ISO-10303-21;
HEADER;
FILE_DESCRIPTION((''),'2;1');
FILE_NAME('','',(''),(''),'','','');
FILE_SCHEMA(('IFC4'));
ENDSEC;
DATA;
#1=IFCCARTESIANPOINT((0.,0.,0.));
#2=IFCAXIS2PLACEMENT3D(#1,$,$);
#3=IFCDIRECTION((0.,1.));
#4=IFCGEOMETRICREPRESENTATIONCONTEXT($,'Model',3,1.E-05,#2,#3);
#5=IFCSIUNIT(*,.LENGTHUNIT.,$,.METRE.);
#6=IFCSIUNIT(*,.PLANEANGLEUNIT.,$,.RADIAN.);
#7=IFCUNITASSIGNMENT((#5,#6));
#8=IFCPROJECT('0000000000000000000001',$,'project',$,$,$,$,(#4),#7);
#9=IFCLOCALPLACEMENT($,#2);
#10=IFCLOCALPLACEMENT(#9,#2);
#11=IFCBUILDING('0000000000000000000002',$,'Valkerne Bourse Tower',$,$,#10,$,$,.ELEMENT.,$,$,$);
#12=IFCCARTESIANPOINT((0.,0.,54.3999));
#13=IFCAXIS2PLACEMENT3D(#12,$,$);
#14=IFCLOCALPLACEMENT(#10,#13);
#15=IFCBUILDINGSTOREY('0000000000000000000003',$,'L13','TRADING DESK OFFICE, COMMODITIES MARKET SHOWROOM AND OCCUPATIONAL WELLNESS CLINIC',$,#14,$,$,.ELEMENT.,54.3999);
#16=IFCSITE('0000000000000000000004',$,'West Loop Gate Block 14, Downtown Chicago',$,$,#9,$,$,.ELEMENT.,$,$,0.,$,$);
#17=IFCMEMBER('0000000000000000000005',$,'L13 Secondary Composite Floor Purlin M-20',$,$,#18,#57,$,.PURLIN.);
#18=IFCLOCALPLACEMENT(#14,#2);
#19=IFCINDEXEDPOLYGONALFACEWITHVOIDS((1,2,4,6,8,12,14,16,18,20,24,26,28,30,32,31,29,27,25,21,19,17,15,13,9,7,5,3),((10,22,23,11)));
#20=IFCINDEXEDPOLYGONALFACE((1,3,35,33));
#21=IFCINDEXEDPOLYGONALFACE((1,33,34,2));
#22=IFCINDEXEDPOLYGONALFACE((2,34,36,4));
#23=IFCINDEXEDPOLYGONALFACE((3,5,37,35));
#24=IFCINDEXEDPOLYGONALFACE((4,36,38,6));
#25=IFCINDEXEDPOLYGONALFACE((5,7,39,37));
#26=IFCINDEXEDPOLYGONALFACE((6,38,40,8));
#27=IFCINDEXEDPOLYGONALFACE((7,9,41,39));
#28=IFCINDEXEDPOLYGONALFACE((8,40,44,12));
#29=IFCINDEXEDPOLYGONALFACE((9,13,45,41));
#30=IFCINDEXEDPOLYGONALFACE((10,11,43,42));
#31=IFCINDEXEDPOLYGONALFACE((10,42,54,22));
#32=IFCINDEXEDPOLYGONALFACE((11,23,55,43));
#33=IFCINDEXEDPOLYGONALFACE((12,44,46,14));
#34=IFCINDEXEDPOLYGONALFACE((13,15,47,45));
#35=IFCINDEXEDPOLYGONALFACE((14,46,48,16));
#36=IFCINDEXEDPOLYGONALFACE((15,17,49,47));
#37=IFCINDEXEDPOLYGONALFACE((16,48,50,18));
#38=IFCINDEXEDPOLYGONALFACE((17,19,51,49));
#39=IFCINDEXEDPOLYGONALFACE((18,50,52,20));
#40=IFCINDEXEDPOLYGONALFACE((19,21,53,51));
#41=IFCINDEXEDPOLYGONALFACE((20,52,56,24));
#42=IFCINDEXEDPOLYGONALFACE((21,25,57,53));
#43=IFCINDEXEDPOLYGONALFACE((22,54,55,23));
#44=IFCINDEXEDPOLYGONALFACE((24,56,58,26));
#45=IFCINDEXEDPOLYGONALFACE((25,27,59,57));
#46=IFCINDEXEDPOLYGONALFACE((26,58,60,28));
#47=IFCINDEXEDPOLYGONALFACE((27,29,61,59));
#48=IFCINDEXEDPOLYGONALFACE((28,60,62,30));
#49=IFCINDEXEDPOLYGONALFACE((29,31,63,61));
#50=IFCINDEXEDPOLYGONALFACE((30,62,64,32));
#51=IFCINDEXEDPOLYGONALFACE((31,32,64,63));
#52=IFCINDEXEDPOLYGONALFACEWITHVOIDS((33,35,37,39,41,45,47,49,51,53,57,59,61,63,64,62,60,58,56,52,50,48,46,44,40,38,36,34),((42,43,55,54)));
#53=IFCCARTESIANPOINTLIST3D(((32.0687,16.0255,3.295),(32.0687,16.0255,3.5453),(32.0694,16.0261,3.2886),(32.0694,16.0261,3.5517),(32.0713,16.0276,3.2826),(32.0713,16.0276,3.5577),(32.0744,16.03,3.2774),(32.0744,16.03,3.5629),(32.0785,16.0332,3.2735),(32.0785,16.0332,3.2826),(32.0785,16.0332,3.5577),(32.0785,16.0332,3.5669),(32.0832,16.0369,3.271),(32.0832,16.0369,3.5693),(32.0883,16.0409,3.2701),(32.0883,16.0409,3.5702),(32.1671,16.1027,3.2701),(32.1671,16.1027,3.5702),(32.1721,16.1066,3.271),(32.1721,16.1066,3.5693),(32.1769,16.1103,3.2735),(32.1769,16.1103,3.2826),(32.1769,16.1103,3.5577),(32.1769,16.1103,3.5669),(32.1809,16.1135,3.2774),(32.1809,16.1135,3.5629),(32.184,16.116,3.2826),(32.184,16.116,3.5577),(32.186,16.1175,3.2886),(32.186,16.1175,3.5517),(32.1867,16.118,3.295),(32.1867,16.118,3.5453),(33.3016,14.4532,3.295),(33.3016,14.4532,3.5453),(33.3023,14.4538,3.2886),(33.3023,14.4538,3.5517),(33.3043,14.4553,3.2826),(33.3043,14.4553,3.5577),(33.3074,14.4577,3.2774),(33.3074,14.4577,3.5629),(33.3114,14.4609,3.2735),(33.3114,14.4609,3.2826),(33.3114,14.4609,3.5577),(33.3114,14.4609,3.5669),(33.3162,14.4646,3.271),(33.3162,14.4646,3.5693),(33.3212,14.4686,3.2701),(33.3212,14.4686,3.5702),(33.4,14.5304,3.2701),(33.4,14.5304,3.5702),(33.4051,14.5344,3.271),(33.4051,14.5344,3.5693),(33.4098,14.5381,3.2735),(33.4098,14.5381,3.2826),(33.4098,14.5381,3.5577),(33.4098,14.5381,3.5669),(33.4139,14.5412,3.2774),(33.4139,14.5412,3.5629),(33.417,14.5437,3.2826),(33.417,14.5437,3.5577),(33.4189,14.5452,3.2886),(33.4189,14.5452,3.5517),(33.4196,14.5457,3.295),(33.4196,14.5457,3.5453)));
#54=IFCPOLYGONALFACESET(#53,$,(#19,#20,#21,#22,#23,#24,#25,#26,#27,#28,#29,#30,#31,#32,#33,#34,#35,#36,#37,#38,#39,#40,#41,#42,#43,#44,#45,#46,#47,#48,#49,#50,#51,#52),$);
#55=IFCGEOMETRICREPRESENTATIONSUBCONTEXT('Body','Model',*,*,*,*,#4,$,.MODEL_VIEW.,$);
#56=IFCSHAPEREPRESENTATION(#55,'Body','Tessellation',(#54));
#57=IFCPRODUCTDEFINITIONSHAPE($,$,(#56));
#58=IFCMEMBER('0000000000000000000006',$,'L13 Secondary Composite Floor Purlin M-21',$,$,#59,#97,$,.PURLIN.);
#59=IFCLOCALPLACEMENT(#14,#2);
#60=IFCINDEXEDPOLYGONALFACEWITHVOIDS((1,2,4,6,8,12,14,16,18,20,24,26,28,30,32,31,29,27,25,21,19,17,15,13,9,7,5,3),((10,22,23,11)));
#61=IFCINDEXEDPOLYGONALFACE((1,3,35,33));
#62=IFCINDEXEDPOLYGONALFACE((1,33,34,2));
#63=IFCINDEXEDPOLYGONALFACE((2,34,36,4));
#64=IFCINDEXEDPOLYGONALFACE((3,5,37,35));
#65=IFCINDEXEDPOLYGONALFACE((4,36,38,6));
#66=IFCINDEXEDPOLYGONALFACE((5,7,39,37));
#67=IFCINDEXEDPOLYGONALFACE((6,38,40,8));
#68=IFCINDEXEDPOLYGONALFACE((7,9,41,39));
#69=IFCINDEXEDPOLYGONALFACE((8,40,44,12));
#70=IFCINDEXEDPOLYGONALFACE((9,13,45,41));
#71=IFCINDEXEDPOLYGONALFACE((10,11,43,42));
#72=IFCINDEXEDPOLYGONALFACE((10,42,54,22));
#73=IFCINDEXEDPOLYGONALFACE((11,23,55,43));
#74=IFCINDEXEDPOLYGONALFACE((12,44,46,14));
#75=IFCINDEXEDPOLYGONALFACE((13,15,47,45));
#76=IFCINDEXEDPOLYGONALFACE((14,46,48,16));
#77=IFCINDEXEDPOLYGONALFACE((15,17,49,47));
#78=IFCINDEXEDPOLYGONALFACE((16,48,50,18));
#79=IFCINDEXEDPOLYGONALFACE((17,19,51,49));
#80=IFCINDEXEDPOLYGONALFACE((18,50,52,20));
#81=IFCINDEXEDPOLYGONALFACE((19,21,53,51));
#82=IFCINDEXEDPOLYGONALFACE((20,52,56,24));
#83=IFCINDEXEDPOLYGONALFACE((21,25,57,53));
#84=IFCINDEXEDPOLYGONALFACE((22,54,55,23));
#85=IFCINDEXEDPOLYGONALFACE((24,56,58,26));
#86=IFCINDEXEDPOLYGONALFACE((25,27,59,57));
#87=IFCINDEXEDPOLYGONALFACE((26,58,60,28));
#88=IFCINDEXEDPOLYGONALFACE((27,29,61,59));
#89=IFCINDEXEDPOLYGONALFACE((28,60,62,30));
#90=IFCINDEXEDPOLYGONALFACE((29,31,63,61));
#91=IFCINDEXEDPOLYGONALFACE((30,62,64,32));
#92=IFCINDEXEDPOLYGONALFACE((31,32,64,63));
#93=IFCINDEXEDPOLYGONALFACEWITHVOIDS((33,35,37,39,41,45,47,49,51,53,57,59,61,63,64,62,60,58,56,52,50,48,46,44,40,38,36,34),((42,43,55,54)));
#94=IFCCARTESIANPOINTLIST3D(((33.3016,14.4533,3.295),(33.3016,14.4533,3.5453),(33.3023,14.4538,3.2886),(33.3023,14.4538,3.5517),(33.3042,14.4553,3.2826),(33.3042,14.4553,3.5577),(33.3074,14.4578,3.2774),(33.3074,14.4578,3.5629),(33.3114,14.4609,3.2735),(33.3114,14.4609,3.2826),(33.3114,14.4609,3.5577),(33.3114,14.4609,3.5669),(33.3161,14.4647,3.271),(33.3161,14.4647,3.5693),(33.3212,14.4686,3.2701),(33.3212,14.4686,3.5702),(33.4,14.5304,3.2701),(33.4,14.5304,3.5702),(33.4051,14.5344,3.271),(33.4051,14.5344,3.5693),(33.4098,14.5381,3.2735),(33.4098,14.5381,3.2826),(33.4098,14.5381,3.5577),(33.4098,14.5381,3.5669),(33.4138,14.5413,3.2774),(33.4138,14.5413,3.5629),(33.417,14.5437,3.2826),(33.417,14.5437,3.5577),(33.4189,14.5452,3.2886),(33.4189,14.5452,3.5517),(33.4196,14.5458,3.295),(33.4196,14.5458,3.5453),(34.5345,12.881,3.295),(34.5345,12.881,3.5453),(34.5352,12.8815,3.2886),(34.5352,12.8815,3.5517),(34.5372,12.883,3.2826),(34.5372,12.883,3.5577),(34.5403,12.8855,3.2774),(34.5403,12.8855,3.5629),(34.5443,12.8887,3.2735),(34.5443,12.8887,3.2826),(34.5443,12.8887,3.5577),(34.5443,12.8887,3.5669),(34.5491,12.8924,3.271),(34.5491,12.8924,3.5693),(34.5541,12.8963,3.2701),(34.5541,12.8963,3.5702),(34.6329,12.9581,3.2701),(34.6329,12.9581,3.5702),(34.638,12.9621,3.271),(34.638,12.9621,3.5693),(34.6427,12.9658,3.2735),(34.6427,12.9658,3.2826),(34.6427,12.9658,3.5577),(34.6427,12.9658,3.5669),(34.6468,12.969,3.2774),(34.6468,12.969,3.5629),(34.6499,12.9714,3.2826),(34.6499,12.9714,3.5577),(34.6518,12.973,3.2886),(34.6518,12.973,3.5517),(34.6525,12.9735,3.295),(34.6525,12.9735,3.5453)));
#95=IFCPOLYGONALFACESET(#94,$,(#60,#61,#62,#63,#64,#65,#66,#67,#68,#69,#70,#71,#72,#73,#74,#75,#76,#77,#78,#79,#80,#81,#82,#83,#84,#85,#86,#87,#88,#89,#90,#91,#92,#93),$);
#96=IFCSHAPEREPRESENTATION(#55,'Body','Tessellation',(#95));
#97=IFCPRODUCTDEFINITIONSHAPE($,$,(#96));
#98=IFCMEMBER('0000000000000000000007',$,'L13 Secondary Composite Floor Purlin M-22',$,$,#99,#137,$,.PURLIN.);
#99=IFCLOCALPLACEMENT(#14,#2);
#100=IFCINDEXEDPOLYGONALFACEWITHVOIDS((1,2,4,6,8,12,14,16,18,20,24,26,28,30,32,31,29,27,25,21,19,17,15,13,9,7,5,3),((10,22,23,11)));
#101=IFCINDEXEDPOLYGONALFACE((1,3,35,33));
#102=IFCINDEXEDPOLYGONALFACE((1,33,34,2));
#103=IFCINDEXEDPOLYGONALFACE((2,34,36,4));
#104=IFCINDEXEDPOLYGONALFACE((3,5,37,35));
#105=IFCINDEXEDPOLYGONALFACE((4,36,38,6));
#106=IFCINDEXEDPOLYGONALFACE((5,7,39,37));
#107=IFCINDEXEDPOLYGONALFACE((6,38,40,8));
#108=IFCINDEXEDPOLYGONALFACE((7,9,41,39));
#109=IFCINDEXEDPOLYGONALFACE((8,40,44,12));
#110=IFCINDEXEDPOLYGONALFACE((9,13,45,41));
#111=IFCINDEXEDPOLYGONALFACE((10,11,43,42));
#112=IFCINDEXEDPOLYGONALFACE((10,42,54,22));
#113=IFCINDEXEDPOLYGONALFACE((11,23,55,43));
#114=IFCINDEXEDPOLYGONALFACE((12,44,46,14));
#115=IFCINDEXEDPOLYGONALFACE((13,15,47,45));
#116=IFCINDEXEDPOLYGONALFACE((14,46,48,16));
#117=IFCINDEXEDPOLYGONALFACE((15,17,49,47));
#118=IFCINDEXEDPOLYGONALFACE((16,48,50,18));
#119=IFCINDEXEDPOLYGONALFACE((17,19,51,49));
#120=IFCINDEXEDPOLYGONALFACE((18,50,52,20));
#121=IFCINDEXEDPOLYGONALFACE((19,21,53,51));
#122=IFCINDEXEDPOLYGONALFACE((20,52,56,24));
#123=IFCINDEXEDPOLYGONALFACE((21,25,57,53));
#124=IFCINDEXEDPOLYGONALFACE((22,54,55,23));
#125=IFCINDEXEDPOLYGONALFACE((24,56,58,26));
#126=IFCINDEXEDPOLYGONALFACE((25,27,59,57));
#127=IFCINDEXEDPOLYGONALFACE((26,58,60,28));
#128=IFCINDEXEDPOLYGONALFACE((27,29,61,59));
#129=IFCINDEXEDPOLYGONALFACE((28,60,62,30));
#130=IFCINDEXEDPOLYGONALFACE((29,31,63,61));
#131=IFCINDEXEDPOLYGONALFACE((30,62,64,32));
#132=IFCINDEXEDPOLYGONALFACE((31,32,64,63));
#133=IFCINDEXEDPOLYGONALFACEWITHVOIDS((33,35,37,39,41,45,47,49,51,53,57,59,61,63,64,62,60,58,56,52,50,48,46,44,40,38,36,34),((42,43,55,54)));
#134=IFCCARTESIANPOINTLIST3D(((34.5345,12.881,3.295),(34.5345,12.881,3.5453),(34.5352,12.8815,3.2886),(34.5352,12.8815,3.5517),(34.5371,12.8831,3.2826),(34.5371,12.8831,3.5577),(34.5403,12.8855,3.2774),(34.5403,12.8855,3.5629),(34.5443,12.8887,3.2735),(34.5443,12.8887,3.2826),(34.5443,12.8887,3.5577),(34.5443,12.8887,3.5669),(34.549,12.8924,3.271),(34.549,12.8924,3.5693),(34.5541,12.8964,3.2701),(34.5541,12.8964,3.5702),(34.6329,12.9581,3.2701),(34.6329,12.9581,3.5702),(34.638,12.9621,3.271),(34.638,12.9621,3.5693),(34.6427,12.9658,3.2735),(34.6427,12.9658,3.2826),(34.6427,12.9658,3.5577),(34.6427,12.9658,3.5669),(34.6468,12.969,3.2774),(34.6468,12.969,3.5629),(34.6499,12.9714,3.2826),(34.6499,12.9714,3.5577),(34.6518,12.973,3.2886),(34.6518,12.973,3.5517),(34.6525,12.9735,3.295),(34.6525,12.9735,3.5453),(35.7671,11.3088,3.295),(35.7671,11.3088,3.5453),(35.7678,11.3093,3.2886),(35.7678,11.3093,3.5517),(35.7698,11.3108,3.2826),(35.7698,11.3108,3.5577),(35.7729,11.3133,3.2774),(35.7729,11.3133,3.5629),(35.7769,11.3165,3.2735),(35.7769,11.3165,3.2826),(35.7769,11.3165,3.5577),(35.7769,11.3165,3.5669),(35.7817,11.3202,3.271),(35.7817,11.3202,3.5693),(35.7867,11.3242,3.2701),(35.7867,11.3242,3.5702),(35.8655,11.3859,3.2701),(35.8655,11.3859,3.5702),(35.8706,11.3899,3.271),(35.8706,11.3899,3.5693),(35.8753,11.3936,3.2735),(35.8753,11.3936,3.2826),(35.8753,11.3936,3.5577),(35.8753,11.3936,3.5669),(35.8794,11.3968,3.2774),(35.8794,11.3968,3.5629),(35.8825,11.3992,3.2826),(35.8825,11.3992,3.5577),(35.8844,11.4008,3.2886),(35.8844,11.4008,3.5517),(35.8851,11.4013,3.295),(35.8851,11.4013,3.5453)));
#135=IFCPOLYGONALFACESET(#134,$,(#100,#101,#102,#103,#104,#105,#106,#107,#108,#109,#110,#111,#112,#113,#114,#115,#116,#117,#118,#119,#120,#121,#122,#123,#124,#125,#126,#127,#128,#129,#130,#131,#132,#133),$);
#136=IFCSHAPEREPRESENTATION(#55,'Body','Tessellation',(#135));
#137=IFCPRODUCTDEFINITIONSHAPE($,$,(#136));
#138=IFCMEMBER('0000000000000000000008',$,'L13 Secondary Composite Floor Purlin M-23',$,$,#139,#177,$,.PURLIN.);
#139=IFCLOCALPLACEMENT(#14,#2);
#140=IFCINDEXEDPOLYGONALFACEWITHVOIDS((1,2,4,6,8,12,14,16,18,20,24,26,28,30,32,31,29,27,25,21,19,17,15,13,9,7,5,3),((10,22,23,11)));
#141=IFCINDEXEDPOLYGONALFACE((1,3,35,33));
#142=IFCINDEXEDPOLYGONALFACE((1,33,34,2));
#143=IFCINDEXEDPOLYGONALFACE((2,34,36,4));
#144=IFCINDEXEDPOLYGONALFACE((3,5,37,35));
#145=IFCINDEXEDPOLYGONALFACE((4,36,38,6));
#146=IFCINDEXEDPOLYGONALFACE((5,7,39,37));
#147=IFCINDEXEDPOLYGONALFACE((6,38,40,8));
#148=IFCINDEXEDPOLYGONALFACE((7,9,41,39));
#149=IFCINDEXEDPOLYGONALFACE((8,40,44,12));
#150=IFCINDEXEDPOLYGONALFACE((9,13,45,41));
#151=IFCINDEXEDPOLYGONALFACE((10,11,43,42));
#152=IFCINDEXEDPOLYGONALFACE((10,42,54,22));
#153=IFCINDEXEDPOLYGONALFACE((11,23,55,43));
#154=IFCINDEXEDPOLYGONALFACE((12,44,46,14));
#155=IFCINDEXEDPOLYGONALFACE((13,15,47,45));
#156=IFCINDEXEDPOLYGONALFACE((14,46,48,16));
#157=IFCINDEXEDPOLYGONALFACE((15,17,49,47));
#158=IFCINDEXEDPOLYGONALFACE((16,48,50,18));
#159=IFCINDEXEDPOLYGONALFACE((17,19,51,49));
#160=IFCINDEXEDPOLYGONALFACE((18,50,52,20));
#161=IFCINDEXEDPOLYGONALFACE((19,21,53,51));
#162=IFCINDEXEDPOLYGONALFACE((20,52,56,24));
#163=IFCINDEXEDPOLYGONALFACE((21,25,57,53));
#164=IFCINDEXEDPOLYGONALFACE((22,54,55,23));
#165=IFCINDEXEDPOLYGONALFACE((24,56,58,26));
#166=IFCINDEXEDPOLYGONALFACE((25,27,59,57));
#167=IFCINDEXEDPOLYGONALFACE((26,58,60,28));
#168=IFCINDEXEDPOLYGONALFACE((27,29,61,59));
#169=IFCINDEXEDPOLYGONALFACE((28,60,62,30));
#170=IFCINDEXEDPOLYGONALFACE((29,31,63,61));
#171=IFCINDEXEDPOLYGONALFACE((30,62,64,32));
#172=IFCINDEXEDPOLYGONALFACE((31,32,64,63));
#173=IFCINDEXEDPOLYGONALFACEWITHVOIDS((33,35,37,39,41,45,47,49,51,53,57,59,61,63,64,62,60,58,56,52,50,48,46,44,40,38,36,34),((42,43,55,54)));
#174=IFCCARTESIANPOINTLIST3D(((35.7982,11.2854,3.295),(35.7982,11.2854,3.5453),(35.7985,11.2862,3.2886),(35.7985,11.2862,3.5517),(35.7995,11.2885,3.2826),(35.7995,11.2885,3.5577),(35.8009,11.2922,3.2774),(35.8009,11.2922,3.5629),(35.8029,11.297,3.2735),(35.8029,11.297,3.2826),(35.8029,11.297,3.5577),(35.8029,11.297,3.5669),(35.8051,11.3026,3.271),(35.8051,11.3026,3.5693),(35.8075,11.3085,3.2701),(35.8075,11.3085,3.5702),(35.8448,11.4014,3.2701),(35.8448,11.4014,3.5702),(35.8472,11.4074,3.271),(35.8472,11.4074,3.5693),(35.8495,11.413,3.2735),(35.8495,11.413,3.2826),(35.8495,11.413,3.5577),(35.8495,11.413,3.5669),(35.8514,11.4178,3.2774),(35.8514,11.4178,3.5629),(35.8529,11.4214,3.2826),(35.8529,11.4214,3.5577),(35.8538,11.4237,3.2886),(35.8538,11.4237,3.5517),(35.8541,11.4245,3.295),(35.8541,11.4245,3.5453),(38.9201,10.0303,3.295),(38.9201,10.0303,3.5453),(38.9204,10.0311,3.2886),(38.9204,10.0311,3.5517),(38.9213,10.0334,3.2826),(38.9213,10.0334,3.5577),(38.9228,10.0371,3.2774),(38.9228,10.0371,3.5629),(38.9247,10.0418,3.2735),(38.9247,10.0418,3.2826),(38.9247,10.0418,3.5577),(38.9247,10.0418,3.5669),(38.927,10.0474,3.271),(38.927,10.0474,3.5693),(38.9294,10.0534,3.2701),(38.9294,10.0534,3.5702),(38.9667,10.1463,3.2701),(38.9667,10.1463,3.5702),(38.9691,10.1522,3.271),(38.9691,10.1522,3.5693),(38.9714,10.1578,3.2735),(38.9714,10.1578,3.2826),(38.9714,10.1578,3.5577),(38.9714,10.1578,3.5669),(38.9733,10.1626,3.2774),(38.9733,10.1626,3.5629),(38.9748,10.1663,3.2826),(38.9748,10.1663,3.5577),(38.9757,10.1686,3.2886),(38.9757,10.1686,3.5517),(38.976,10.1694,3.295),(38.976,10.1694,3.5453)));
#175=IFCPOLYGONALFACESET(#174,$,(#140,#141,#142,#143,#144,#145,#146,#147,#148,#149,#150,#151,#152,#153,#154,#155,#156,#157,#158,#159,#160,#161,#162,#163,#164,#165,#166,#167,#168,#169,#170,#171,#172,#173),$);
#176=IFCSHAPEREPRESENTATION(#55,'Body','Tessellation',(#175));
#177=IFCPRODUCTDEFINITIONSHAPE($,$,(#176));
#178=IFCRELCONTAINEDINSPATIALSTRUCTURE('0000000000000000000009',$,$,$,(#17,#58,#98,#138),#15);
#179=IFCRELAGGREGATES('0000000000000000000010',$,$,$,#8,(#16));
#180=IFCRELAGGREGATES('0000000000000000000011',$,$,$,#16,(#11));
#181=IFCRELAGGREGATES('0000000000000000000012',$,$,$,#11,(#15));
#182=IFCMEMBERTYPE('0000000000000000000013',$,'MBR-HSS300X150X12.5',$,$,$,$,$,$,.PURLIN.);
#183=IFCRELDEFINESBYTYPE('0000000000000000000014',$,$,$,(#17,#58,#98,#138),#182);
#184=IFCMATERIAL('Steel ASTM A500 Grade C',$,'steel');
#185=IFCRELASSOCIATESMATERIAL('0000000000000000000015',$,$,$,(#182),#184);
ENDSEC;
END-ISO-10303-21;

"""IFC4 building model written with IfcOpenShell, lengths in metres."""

from ifc_helpers import new_model, si_unit, direction, frame, origin, origin_2d, place, context, subcontext, project, spatial, hollow_rectangle, extrude, material, material_profile, profile_set, type_object, element, save


model = new_model("IFC4")

# Units and contexts
model_context = context("Model", 3, precision=1e-05, world=origin(), true_north=direction((0.0, 1.0)))
body_context = subcontext(model_context, "Body", "Model", "MODEL_VIEW")
ifc_project = project(units=[si_unit("LENGTHUNIT", "METRE"), si_unit("PLANEANGLEUNIT", "RADIAN")], contexts=[model_context])

# Site, building, storey
site_placement = place(None, origin())
site = spatial("IfcSite", under=ifc_project, at=site_placement, Name="West Loop Gate Block 14, Downtown Chicago", CompositionType="ELEMENT", RefElevation=0.0)
building_placement = place(site_placement, origin())
building = spatial("IfcBuilding", under=site, at=building_placement, Name="Valkerne Bourse Tower", CompositionType="ELEMENT")
storey_placement = place(building_placement, frame((0.0, 0.0, 54.3999)))
storey = spatial("IfcBuildingStorey", under=building, at=storey_placement, Name="L13", Description="TRADING DESK OFFICE, COMMODITIES MARKET SHOWROOM AND OCCUPATIONAL WELLNESS CLINIC", CompositionType="ELEMENT", Elevation=54.3999)

# Members
ifc_material_1 = material(Name="Steel ASTM A500 Grade C", Category="steel")
ifc_material_profile_1 = material_profile(ifc_material_1, hollow_rectangle(XDim=0.1499, YDim=0.3, WallThickness=0.0125, OuterFilletRadius=0.0249, at=origin_2d()), Name="HSS300X150X12.5")
ifc_profile_set_1 = profile_set([ifc_material_profile_1], Name="Steel ASTM A500 Grade C")
member_type_1 = type_object("IfcMemberType", Name="MBR-HSS300X150X12.5", PredefinedType="PURLIN", material=ifc_profile_set_1)
for number, where, z_axis, x_axis, name in (
    (1, (32.1277, 16.0718, 3.4202), (0.617066, -0.786912, 0.0), (0.786912, 0.617066, 0.0), "L13 Secondary Composite Floor Purlin M-20"),
    (2, (33.3606, 14.4995, 3.4202), (0.617066, -0.786912, 0.0), (0.786912, 0.617066, 0.0), "L13 Secondary Composite Floor Purlin M-21"),
):
    element("IfcMember", number, at=place(storey_placement, frame(where, z_axis=z_axis, x_axis=x_axis)), inside=storey, type_object=member_type_1, Name=name, PredefinedType="PURLIN", context=body_context, shape_type="SweptSolid", body=[
        extrude(hollow_rectangle(XDim=0.1499, YDim=0.3, WallThickness=0.0125, OuterFilletRadius=0.0249, at=origin_2d()), origin(), (0.0, 0.0, 1.0), 1.998),
    ])
member_1_placement = place(storey_placement, frame((34.5935, 12.9272, 3.4202), z_axis=(0.61699, -0.786971, 0.0), x_axis=(0.786971, 0.61699, 0.0)))
element("IfcMember", 3, at=member_1_placement, inside=storey, type_object=member_type_1, Name="L13 Secondary Composite Floor Purlin M-22", PredefinedType="PURLIN", context=body_context, shape_type="SweptSolid", body=[
    extrude(hollow_rectangle(XDim=0.1499, YDim=0.3, WallThickness=0.0125, OuterFilletRadius=0.0249, at=origin_2d()), origin(), (0.0, 0.0, 1.0), 1.9978),
])
member_2_placement = place(storey_placement, frame((35.8262, 11.355, 3.4202), z_axis=(0.92782, -0.373029, 0.0), x_axis=(0.373029, 0.92782, 0.0)))
element("IfcMember", 4, at=member_2_placement, inside=storey, type_object=member_type_1, Name="L13 Secondary Composite Floor Purlin M-23", PredefinedType="PURLIN", context=body_context, shape_type="SweptSolid", body=[
    extrude(hollow_rectangle(XDim=0.1499, YDim=0.3, WallThickness=0.0125, OuterFilletRadius=0.0249, at=origin_2d()), origin(), (0.0, 0.0, 1.0), 3.3647),
])

save(model, "model.ifc")
